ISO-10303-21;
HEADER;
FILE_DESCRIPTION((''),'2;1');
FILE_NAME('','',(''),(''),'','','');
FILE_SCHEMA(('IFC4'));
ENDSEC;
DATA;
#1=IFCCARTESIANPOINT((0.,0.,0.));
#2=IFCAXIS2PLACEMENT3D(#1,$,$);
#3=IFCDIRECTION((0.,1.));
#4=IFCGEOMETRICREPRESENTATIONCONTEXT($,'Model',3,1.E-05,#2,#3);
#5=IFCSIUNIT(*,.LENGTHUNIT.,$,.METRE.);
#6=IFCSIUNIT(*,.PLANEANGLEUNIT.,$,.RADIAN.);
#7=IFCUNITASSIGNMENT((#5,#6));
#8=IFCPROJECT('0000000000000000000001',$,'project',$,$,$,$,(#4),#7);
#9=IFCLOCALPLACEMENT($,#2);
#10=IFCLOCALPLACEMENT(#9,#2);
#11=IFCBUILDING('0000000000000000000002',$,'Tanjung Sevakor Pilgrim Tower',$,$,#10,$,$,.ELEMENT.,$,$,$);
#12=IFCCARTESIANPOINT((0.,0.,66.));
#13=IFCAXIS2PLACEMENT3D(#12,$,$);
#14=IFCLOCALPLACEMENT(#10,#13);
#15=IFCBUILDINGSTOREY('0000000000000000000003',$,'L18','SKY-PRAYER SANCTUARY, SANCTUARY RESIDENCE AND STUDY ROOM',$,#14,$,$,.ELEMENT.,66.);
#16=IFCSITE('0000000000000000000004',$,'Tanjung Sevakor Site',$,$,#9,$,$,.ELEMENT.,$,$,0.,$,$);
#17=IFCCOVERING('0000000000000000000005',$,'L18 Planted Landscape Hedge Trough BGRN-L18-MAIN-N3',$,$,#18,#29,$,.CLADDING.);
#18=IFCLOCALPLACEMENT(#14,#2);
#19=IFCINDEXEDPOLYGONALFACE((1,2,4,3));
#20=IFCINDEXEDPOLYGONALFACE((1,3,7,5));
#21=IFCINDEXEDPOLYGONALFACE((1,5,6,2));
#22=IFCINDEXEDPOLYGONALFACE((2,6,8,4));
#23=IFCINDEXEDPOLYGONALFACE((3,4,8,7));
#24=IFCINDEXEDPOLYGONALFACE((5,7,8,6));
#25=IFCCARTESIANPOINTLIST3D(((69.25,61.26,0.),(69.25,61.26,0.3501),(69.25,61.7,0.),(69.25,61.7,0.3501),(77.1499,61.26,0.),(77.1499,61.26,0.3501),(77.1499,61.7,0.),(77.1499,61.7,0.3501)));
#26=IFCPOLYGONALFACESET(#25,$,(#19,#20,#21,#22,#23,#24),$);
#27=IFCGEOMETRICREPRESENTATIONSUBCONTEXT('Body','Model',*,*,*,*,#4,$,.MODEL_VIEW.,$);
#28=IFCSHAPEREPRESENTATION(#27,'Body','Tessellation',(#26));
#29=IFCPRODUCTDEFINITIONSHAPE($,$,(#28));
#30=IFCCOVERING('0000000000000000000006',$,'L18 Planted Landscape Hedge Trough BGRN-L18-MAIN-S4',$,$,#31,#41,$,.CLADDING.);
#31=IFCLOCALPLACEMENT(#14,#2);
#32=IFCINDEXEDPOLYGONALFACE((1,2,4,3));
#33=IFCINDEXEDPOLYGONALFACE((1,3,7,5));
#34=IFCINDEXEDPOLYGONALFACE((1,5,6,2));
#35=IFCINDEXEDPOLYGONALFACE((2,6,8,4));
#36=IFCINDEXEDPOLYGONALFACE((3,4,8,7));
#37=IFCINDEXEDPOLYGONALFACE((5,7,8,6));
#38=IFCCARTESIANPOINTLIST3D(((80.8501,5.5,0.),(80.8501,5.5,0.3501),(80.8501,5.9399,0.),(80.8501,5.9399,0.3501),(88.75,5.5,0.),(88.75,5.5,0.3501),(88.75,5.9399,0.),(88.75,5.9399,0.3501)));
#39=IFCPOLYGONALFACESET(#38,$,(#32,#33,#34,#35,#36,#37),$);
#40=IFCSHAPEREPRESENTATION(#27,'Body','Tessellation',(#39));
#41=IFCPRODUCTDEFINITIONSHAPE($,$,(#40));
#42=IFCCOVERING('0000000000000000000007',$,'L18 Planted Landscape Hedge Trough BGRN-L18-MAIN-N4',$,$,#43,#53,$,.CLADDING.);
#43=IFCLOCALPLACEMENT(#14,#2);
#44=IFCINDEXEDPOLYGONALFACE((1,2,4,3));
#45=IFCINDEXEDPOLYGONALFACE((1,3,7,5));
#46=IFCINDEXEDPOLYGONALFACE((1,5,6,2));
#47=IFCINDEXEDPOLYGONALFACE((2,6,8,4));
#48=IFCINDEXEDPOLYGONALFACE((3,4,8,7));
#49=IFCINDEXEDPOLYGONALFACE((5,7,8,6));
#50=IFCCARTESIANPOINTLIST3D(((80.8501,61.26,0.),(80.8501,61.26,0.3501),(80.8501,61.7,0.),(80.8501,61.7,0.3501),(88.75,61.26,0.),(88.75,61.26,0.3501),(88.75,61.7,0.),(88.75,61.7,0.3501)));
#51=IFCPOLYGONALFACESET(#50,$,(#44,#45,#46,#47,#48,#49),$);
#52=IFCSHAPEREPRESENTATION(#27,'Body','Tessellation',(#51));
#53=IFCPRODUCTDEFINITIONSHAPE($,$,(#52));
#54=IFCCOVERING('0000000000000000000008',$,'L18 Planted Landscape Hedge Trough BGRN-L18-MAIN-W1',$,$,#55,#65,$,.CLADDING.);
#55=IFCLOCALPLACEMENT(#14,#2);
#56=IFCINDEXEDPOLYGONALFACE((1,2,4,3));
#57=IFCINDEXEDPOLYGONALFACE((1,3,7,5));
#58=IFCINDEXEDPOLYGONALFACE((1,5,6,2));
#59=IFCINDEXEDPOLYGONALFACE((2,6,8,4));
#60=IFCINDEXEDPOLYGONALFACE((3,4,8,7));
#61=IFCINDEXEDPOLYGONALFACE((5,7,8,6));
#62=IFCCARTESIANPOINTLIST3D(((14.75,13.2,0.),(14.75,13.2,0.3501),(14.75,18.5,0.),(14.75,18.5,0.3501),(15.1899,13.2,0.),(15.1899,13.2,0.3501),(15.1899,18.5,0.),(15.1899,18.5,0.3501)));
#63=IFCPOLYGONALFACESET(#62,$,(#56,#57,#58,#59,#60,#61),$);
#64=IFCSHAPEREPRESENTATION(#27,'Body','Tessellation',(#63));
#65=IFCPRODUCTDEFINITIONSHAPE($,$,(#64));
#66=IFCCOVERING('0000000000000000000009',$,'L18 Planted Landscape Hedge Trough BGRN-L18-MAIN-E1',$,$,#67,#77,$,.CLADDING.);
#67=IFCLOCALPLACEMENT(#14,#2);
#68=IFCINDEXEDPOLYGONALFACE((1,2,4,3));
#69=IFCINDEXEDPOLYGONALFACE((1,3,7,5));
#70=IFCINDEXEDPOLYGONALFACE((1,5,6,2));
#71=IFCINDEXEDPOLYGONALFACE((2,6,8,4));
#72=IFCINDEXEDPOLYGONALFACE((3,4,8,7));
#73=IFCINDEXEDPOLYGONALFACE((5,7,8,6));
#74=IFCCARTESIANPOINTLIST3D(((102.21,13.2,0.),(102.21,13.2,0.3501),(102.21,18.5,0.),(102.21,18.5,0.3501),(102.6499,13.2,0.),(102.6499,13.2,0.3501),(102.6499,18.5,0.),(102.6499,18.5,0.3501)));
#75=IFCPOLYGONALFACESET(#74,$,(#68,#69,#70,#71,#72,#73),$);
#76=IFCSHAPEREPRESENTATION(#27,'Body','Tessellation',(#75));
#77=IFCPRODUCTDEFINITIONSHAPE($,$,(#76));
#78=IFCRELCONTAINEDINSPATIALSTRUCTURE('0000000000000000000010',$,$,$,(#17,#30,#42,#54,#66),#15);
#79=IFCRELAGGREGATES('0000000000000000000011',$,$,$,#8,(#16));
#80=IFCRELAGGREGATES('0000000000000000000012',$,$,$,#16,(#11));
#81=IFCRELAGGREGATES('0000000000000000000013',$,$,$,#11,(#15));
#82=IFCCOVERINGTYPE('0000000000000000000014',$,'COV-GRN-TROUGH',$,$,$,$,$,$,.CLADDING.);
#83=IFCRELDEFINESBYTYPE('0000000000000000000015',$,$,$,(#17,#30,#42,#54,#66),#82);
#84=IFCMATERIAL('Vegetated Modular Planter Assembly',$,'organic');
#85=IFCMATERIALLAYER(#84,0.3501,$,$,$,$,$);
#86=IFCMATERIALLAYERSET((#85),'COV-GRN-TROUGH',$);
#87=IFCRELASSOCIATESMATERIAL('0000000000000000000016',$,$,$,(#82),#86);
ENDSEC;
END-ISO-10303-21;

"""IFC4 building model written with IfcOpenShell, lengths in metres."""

from ifc_helpers import new_model, si_unit, direction, frame, origin, place, context, subcontext, project, spatial, polyline, outline, extrude, material, layer, layer_set, type_object, element, save


model = new_model("IFC4")

# Units and contexts
model_context = context("Model", 3, precision=1e-05, world=origin(), true_north=direction((0.0, 1.0)))
body_context = subcontext(model_context, "Body", "Model", "MODEL_VIEW")
ifc_project = project(units=[si_unit("LENGTHUNIT", "METRE"), si_unit("PLANEANGLEUNIT", "RADIAN")], contexts=[model_context])

# Site, building, storey
site_placement = place(None, origin())
site = spatial("IfcSite", under=ifc_project, at=site_placement, Name="Tanjung Sevakor Site", CompositionType="ELEMENT", RefElevation=0.0)
building_placement = place(site_placement, origin())
building = spatial("IfcBuilding", under=site, at=building_placement, Name="Tanjung Sevakor Pilgrim Tower", CompositionType="ELEMENT")
storey_placement = place(building_placement, frame((0.0, 0.0, 66.0)))
storey = spatial("IfcBuildingStorey", under=building, at=storey_placement, Name="L18", Description="SKY-PRAYER SANCTUARY, SANCTUARY RESIDENCE AND STUDY ROOM", CompositionType="ELEMENT", Elevation=66.0)

# Coverings
ifc_material_1 = material(Name="Vegetated Modular Planter Assembly", Category="organic")
ifc_layer_1 = layer(ifc_material_1, 0.3501)
ifc_layer_set_1 = layer_set([ifc_layer_1], Name="COV-GRN-TROUGH")
covering_type = type_object("IfcCoveringType", Name="COV-GRN-TROUGH", PredefinedType="CLADDING", material=ifc_layer_set_1)
covering_1_placement = place(storey_placement, origin())
element("IfcCovering", 1, at=covering_1_placement, inside=storey, type_object=covering_type, Name="L18 Planted Landscape Hedge Trough BGRN-L18-MAIN-N3", PredefinedType="CLADDING", context=body_context, shape_type="SweptSolid", body=[
    extrude(outline(polyline([(69.25, 61.26), (77.1499, 61.26), (77.1499, 61.7), (69.25, 61.7), (69.25, 61.26)])), origin(), (0.0, 0.0, 1.0), 0.3501),
])
covering_2_placement = place(storey_placement, origin())
element("IfcCovering", 2, at=covering_2_placement, inside=storey, type_object=covering_type, Name="L18 Planted Landscape Hedge Trough BGRN-L18-MAIN-S4", PredefinedType="CLADDING", context=body_context, shape_type="SweptSolid", body=[
    extrude(outline(polyline([(80.8501, 5.5), (88.75, 5.5), (88.75, 5.9399), (80.8501, 5.9399), (80.8501, 5.5)])), origin(), (0.0, 0.0, 1.0), 0.3501),
])
covering_3_placement = place(storey_placement, origin())
element("IfcCovering", 3, at=covering_3_placement, inside=storey, type_object=covering_type, Name="L18 Planted Landscape Hedge Trough BGRN-L18-MAIN-N4", PredefinedType="CLADDING", context=body_context, shape_type="SweptSolid", body=[
    extrude(outline(polyline([(80.8501, 61.26), (88.75, 61.26), (88.75, 61.7), (80.8501, 61.7), (80.8501, 61.26)])), origin(), (0.0, 0.0, 1.0), 0.3501),
])
covering_4_placement = place(storey_placement, origin())
element("IfcCovering", 4, at=covering_4_placement, inside=storey, type_object=covering_type, Name="L18 Planted Landscape Hedge Trough BGRN-L18-MAIN-W1", PredefinedType="CLADDING", context=body_context, shape_type="SweptSolid", body=[
    extrude(outline(polyline([(15.1899, 13.2), (15.1899, 18.5), (14.75, 18.5), (14.75, 13.2), (15.1899, 13.2)])), origin(), (0.0, 0.0, 1.0), 0.3501),
])
covering_5_placement = place(storey_placement, origin())
element("IfcCovering", 5, at=covering_5_placement, inside=storey, type_object=covering_type, Name="L18 Planted Landscape Hedge Trough BGRN-L18-MAIN-E1", PredefinedType="CLADDING", context=body_context, shape_type="SweptSolid", body=[
    extrude(outline(polyline([(102.6499, 13.2), (102.6499, 18.5), (102.21, 18.5), (102.21, 13.2), (102.6499, 13.2)])), origin(), (0.0, 0.0, 1.0), 0.3501),
])

save(model, "model.ifc")
